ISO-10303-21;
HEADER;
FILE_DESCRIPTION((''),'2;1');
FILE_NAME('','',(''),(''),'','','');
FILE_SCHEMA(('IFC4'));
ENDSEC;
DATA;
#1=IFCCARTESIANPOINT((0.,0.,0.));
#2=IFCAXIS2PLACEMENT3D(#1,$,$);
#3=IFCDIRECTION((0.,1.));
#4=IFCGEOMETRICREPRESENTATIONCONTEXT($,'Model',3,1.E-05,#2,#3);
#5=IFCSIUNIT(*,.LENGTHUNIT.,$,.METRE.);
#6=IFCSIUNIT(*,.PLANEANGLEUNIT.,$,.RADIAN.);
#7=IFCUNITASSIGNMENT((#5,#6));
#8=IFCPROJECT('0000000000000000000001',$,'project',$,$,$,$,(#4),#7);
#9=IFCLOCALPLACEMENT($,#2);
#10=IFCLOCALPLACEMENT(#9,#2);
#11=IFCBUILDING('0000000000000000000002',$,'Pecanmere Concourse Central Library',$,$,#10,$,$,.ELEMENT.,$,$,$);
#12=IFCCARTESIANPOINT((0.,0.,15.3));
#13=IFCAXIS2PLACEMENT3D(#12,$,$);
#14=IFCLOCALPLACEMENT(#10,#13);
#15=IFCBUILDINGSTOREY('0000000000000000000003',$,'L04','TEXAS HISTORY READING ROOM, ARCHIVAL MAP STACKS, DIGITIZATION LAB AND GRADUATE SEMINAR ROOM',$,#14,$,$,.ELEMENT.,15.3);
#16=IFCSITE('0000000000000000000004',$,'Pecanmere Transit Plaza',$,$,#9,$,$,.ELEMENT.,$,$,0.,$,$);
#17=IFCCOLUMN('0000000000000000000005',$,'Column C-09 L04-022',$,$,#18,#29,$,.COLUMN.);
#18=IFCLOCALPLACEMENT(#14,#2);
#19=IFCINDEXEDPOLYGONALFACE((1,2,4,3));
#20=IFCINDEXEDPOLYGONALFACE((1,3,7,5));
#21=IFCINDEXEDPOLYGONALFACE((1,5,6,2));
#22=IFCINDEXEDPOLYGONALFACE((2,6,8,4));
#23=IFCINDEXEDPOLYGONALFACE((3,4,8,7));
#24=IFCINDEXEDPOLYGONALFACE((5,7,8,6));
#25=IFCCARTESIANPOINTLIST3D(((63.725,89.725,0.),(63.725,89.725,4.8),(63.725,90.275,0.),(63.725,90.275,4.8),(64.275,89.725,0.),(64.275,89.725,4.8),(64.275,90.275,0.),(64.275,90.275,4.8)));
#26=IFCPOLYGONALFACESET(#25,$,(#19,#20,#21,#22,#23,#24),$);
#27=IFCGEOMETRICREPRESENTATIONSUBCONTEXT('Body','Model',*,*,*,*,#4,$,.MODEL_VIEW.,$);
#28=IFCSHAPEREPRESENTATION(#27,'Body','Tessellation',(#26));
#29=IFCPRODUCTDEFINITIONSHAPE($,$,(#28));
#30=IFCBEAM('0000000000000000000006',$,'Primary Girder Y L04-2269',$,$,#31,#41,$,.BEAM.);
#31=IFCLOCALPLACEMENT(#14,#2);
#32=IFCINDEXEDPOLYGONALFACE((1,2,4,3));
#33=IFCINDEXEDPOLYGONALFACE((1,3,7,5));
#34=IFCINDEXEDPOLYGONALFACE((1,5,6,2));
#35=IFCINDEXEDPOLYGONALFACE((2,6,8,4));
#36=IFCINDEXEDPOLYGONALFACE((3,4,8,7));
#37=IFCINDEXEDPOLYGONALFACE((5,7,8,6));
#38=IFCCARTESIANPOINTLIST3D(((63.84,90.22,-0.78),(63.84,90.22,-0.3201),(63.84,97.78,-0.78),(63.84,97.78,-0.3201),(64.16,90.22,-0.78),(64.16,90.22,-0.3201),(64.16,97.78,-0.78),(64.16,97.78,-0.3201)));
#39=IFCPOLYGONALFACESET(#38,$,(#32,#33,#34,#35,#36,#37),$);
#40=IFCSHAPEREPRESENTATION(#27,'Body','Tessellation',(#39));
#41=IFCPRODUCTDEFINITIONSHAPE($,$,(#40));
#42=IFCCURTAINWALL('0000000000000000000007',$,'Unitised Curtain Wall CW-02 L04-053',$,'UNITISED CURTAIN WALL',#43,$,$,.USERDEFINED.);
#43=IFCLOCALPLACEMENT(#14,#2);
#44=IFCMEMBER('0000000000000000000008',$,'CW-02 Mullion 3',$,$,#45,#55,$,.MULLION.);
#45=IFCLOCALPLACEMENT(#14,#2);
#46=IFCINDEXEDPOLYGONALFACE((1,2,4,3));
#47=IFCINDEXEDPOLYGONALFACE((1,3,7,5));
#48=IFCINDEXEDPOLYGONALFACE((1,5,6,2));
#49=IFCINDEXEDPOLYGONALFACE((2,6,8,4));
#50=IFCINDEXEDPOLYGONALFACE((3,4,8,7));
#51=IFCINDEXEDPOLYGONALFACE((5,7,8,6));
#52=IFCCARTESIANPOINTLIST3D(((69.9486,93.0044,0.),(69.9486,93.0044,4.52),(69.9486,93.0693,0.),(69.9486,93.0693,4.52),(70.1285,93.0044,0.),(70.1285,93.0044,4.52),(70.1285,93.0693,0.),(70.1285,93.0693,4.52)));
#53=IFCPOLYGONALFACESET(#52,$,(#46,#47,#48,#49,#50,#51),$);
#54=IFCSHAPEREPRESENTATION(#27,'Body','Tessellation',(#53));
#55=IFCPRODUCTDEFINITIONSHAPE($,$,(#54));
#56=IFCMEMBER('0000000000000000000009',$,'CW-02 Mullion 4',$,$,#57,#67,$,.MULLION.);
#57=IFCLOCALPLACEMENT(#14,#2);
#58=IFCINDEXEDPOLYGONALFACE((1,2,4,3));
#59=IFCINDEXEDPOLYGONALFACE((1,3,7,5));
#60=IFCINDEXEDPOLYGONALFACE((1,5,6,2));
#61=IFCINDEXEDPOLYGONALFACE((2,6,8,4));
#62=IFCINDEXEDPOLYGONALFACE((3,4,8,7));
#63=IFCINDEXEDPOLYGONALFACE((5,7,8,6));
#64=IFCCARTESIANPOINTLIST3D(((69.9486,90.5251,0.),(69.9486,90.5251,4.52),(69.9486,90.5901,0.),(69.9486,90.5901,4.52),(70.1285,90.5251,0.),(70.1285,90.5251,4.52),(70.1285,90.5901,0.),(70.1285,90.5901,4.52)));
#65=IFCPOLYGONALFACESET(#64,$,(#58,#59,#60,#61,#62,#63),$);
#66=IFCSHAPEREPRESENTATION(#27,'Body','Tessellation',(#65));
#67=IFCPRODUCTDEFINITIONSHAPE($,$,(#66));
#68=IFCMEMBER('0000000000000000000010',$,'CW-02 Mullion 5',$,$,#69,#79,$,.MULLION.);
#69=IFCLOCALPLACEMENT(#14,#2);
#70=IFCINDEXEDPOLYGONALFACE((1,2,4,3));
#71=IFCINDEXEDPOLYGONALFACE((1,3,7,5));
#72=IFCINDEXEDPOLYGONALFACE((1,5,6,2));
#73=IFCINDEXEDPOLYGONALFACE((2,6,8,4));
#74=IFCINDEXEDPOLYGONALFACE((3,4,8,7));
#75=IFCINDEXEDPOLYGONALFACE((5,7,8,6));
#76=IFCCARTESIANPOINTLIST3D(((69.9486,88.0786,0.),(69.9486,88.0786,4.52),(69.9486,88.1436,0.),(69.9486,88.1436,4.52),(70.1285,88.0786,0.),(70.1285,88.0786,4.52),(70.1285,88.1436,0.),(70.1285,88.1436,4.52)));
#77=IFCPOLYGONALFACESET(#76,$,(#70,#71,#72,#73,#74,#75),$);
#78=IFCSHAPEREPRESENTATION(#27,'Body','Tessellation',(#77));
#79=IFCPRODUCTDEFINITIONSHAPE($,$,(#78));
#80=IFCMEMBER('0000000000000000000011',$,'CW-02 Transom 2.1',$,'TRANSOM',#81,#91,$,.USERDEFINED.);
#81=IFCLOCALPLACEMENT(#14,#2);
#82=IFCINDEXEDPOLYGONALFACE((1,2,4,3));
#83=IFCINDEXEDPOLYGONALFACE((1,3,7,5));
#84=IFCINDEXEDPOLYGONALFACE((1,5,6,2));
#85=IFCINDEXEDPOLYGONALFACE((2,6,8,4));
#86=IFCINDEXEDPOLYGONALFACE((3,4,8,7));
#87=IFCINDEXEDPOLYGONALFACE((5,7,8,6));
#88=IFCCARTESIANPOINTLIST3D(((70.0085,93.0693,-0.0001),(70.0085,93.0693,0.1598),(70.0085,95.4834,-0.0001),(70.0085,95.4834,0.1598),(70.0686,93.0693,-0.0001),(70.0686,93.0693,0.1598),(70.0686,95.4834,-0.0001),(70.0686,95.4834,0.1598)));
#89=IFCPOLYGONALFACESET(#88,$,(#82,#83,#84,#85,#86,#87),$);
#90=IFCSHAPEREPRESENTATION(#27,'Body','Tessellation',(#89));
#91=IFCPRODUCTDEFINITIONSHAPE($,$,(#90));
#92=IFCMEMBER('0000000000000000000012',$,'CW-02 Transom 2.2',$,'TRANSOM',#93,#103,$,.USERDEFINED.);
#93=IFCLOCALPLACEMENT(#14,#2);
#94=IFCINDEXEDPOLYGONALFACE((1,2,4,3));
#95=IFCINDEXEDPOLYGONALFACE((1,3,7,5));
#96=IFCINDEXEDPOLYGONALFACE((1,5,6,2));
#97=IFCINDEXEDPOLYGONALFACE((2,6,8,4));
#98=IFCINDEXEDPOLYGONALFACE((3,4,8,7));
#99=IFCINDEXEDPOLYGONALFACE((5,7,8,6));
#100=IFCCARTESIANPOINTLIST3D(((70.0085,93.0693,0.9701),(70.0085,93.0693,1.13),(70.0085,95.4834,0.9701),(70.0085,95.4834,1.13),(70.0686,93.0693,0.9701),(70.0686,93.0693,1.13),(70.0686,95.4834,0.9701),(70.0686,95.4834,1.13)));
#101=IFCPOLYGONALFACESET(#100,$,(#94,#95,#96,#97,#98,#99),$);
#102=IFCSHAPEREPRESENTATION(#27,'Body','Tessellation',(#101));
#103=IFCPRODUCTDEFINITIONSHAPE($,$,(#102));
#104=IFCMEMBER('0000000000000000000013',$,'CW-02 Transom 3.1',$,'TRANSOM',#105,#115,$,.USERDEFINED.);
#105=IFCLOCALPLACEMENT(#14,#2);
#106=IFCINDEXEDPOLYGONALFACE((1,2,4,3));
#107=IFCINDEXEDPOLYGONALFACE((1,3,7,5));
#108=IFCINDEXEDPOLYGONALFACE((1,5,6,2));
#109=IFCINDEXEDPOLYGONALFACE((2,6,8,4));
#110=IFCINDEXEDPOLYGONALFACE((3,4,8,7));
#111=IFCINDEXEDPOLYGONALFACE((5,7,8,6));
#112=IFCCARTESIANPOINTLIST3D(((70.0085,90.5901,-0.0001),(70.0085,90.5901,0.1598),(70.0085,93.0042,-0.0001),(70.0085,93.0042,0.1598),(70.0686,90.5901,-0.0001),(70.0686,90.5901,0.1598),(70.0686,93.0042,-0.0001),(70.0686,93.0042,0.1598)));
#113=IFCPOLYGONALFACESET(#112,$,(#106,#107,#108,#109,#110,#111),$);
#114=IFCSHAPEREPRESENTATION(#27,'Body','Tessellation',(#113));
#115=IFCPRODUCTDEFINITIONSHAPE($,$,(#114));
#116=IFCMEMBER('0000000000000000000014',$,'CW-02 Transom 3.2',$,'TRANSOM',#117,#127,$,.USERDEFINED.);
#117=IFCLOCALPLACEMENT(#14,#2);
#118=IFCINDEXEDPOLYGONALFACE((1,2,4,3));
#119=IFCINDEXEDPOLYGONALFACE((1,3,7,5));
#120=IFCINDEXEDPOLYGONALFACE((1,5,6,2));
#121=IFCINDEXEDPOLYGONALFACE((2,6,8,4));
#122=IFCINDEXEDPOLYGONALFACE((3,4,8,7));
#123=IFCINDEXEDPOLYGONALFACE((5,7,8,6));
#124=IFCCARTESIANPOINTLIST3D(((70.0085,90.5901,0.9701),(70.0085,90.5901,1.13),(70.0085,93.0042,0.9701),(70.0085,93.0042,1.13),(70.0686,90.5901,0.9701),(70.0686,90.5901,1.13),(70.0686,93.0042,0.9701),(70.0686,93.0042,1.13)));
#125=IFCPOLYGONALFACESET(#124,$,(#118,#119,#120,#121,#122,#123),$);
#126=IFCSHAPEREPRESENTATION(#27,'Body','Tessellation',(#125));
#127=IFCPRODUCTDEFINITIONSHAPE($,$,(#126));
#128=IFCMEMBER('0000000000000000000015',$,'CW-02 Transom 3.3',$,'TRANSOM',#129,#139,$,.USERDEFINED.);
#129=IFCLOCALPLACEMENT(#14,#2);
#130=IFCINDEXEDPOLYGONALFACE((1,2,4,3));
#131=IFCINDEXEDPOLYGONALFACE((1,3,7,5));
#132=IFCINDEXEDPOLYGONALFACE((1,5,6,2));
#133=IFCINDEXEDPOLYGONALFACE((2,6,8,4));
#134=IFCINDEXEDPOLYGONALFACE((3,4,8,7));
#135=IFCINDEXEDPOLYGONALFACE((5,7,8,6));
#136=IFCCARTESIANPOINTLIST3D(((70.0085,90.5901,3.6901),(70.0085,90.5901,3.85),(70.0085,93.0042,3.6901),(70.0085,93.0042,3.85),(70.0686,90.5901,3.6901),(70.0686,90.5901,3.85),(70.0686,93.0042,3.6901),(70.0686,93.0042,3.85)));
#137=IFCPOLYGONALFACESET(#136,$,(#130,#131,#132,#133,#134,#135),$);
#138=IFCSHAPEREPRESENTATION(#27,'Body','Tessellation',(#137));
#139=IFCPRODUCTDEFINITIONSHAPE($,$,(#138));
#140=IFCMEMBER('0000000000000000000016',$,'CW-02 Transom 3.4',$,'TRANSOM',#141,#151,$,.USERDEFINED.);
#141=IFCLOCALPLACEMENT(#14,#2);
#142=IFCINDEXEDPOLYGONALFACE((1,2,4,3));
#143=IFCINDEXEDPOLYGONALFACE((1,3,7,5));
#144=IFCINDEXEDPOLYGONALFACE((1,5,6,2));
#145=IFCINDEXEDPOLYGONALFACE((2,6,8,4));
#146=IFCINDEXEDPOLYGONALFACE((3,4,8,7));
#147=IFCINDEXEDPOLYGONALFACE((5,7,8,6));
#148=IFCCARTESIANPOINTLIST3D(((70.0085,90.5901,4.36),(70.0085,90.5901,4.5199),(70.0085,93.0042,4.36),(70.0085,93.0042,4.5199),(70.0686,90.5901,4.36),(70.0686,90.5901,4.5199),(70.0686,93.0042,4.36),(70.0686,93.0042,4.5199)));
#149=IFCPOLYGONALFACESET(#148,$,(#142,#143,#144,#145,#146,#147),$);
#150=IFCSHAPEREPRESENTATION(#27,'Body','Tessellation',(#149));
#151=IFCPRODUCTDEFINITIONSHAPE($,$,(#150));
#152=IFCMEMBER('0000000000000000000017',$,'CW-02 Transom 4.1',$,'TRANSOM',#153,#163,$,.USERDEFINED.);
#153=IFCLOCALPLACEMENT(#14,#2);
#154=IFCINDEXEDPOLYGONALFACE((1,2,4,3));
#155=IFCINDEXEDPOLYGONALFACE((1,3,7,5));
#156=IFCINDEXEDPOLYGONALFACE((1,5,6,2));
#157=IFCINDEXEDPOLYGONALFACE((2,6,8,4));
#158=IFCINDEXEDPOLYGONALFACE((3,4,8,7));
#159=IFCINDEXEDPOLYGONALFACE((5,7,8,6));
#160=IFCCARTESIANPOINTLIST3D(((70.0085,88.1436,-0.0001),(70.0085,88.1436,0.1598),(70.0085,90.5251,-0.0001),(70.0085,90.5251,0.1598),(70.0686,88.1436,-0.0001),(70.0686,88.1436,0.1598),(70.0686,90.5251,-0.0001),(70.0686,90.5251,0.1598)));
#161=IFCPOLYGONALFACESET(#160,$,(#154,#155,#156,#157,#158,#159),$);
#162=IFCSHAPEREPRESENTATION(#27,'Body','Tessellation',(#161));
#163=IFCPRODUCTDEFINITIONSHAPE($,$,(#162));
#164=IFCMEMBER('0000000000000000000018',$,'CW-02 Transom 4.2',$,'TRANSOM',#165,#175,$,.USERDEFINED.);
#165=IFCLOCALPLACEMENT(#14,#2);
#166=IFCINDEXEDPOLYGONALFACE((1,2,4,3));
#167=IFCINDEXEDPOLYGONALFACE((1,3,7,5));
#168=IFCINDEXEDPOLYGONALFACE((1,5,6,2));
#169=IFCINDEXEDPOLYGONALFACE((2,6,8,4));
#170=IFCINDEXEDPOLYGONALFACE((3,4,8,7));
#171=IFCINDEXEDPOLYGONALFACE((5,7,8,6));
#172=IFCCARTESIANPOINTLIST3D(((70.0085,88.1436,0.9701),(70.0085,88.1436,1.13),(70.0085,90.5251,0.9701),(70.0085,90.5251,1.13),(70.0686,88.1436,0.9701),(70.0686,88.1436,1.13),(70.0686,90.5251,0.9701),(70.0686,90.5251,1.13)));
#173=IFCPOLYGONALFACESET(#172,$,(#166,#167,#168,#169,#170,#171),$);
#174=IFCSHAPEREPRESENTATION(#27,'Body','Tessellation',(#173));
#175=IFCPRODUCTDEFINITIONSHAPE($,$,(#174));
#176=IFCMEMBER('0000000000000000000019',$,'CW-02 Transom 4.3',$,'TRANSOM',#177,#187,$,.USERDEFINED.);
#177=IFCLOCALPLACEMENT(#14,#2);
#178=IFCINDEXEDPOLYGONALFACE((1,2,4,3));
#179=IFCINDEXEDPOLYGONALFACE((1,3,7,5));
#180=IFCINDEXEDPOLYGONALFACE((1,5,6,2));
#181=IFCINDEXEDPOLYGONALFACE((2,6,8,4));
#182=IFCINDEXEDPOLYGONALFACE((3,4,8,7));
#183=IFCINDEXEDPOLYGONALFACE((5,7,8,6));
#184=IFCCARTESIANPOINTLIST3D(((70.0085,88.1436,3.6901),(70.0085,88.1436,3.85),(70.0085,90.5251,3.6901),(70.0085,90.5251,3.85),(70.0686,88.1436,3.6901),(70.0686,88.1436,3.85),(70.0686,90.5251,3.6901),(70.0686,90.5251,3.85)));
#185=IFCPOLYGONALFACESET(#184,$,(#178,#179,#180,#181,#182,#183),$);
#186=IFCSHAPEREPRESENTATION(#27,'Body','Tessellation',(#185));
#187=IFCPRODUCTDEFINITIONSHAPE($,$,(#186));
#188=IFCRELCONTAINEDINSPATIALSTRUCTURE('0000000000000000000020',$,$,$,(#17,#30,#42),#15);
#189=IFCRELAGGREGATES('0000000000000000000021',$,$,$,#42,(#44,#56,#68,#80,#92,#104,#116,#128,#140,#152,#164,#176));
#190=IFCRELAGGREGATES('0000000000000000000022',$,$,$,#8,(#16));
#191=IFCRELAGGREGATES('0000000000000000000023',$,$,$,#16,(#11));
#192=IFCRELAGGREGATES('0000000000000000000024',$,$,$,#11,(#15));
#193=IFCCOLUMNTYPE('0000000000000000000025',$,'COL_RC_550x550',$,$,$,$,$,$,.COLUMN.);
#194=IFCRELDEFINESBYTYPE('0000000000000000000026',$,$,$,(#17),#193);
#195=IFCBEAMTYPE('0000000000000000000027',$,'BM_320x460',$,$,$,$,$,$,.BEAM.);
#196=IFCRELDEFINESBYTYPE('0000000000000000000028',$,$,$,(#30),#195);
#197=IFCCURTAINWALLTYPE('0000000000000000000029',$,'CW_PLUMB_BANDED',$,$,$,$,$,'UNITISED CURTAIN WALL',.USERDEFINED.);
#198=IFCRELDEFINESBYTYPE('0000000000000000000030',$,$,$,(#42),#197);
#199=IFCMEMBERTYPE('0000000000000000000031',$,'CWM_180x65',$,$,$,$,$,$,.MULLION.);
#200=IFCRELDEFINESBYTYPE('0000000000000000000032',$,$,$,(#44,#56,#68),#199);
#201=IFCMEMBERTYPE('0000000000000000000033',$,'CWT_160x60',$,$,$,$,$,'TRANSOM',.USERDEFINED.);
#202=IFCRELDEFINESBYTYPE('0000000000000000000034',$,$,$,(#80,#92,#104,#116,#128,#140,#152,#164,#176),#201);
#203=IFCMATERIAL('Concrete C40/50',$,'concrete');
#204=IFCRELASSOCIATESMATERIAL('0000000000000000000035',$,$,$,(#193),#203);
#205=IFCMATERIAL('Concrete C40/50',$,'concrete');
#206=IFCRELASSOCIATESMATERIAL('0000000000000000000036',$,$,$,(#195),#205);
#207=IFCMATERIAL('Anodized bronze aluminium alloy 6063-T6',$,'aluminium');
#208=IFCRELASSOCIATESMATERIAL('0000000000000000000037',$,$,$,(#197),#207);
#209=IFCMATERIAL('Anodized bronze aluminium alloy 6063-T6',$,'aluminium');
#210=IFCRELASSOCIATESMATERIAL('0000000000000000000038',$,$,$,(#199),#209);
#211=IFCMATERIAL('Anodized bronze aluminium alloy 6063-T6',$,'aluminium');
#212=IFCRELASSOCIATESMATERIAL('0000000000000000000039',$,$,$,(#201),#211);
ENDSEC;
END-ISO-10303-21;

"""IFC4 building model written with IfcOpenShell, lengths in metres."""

from ifc_helpers import new_model, si_unit, direction, frame, origin, origin_2d, place, context, subcontext, project, spatial, rectangle, extrude, material, material_profile, profile_set, type_object, element, aggregate, save


model = new_model("IFC4")

# Units and contexts
model_context = context("Model", 3, precision=1e-05, world=origin(), true_north=direction((0.0, 1.0)))
body_context = subcontext(model_context, "Body", "Model", "MODEL_VIEW")
ifc_project = project(units=[si_unit("LENGTHUNIT", "METRE"), si_unit("PLANEANGLEUNIT", "RADIAN")], contexts=[model_context])

# Site, building, storey
site_placement = place(None, origin())
site = spatial("IfcSite", under=ifc_project, at=site_placement, Name="Pecanmere Transit Plaza", CompositionType="ELEMENT", RefElevation=0.0)
building_placement = place(site_placement, origin())
building = spatial("IfcBuilding", under=site, at=building_placement, Name="Pecanmere Concourse Central Library", CompositionType="ELEMENT")
storey_placement = place(building_placement, frame((0.0, 0.0, 15.3)))
storey = spatial("IfcBuildingStorey", under=building, at=storey_placement, Name="L04", Description="TEXAS HISTORY READING ROOM, ARCHIVAL MAP STACKS, DIGITIZATION LAB AND GRADUATE SEMINAR ROOM", CompositionType="ELEMENT", Elevation=15.3)

# Column
ifc_material_1 = material(Name="Concrete C40/50", Category="concrete")
ifc_material_profile_1 = material_profile(ifc_material_1, rectangle(XDim=0.55, YDim=0.55, at=origin_2d()), Name="RC 550x550")
ifc_profile_set_1 = profile_set([ifc_material_profile_1], Name="Concrete C40/50")
column_type = type_object("IfcColumnType", Name="COL_RC_550x550", PredefinedType="COLUMN", material=ifc_profile_set_1)
column_placement = place(storey_placement, frame((64.0, 90.0, 0.0), z_axis=(0.0, 0.0, 1.0), x_axis=(1.0, 0.0, 0.0)))
element("IfcColumn", 1, at=column_placement, inside=storey, type_object=column_type, Name="Column C-09 L04-022", PredefinedType="COLUMN", context=body_context, shape_type="SweptSolid", body=[
    extrude(rectangle(XDim=0.55, YDim=0.55, at=origin_2d()), origin(), (0.0, 0.0, 1.0), 4.8),
])

# Beam
ifc_material_2 = material(Name="Concrete C40/50", Category="concrete")
ifc_material_profile_2 = material_profile(ifc_material_2, rectangle(XDim=0.3201, YDim=0.46, at=origin_2d()), Name="RC 320x460")
ifc_profile_set_2 = profile_set([ifc_material_profile_2], Name="Concrete C40/50")
beam_type = type_object("IfcBeamType", Name="BM_320x460", PredefinedType="BEAM", material=ifc_profile_set_2)
beam_placement = place(storey_placement, frame((64.0, 90.22, -0.55), z_axis=(0.0, 1.0, 0.0), x_axis=(-1.0, 0.0, 0.0)))
element("IfcBeam", 2, at=beam_placement, inside=storey, type_object=beam_type, Name="Primary Girder Y L04-2269", PredefinedType="BEAM", context=body_context, shape_type="SweptSolid", body=[
    extrude(rectangle(XDim=0.3201, YDim=0.46, at=origin_2d()), origin(), (0.0, 0.0, 1.0), 7.5601),
])

# Curtain wall, members
ifc_material_3 = material(Name="Anodized bronze aluminium alloy 6063-T6", Category="aluminium")
curtain_wall_type = type_object("IfcCurtainWallType", Name="CW_PLUMB_BANDED", ElementType="UNITISED CURTAIN WALL", PredefinedType="USERDEFINED", material=ifc_material_3)
curtain_wall_placement = place(storey_placement, origin())
curtain_wall = element("IfcCurtainWall", 3, at=curtain_wall_placement, inside=storey, type_object=curtain_wall_type, Name="Unitised Curtain Wall CW-02 L04-053", ObjectType="UNITISED CURTAIN WALL", PredefinedType="USERDEFINED")
ifc_material_4 = material(Name="Anodized bronze aluminium alloy 6063-T6", Category="aluminium")
ifc_material_profile_3 = material_profile(ifc_material_4, rectangle(XDim=0.0649, YDim=0.1799, at=origin_2d()), Name="AL 65x180")
ifc_profile_set_3 = profile_set([ifc_material_profile_3], Name="Anodized bronze aluminium alloy 6063-T6")
member_type_1 = type_object("IfcMemberType", Name="CWM_180x65", PredefinedType="MULLION", material=ifc_profile_set_3)
member_1_placement = place(storey_placement, frame((70.0386, 93.0369, 0.0), z_axis=(0.0, 0.0, 1.0), x_axis=(0.0, -1.0, 0.0)))
member_1 = element("IfcMember", 4, at=member_1_placement, type_object=member_type_1, Name="CW-02 Mullion 3", PredefinedType="MULLION", context=body_context, shape_type="SweptSolid", body=[
    extrude(rectangle(XDim=0.0649, YDim=0.1799, at=origin_2d()), origin(), (0.0, 0.0, 1.0), 4.52),
])
member_2_placement = place(storey_placement, frame((70.0386, 90.5576, 0.0), z_axis=(0.0, 0.0, 1.0), x_axis=(0.0, -1.0, 0.0)))
member_2 = element("IfcMember", 5, at=member_2_placement, type_object=member_type_1, Name="CW-02 Mullion 4", PredefinedType="MULLION", context=body_context, shape_type="SweptSolid", body=[
    extrude(rectangle(XDim=0.0649, YDim=0.1799, at=origin_2d()), origin(), (0.0, 0.0, 1.0), 4.52),
])
member_3_placement = place(storey_placement, frame((70.0386, 88.1111, 0.0), z_axis=(0.0, 0.0, 1.0), x_axis=(0.0, -1.0, 0.0)))
member_3 = element("IfcMember", 6, at=member_3_placement, type_object=member_type_1, Name="CW-02 Mullion 5", PredefinedType="MULLION", context=body_context, shape_type="SweptSolid", body=[
    extrude(rectangle(XDim=0.0649, YDim=0.1799, at=origin_2d()), origin(), (0.0, 0.0, 1.0), 4.52),
])
ifc_material_5 = material(Name="Anodized bronze aluminium alloy 6063-T6", Category="aluminium")
ifc_material_profile_4 = material_profile(ifc_material_5, rectangle(XDim=0.0601, YDim=0.1599, at=origin_2d()), Name="AL 60x160")
ifc_profile_set_4 = profile_set([ifc_material_profile_4], Name="Anodized bronze aluminium alloy 6063-T6")
member_type_2 = type_object("IfcMemberType", Name="CWT_160x60", ElementType="TRANSOM", PredefinedType="USERDEFINED", material=ifc_profile_set_4)
member_4_placement = place(storey_placement, frame((70.0386, 95.4834, 0.0798), z_axis=(0.0, -1.0, 0.0), x_axis=(1.0, 0.0, 0.0)))
member_4 = element("IfcMember", 7, at=member_4_placement, type_object=member_type_2, Name="CW-02 Transom 2.1", ObjectType="TRANSOM", PredefinedType="USERDEFINED", context=body_context, shape_type="SweptSolid", body=[
    extrude(rectangle(XDim=0.0601, YDim=0.1599, at=origin_2d()), origin(), (0.0, 0.0, 1.0), 2.4141),
])
member_5_placement = place(storey_placement, frame((70.0386, 95.4834, 1.05), z_axis=(0.0, -1.0, 0.0), x_axis=(1.0, 0.0, 0.0)))
member_5 = element("IfcMember", 8, at=member_5_placement, type_object=member_type_2, Name="CW-02 Transom 2.2", ObjectType="TRANSOM", PredefinedType="USERDEFINED", context=body_context, shape_type="SweptSolid", body=[
    extrude(rectangle(XDim=0.0601, YDim=0.1599, at=origin_2d()), origin(), (0.0, 0.0, 1.0), 2.4141),
])
member_6_placement = place(storey_placement, frame((70.0386, 93.0042, 0.0798), z_axis=(0.0, -1.0, 0.0), x_axis=(1.0, 0.0, 0.0)))
member_6 = element("IfcMember", 9, at=member_6_placement, type_object=member_type_2, Name="CW-02 Transom 3.1", ObjectType="TRANSOM", PredefinedType="USERDEFINED", context=body_context, shape_type="SweptSolid", body=[
    extrude(rectangle(XDim=0.0601, YDim=0.1599, at=origin_2d()), origin(), (0.0, 0.0, 1.0), 2.4141),
])
member_7_placement = place(storey_placement, frame((70.0386, 93.0042, 1.05), z_axis=(0.0, -1.0, 0.0), x_axis=(1.0, 0.0, 0.0)))
member_7 = element("IfcMember", 10, at=member_7_placement, type_object=member_type_2, Name="CW-02 Transom 3.2", ObjectType="TRANSOM", PredefinedType="USERDEFINED", context=body_context, shape_type="SweptSolid", body=[
    extrude(rectangle(XDim=0.0601, YDim=0.1599, at=origin_2d()), origin(), (0.0, 0.0, 1.0), 2.4141),
])
member_8_placement = place(storey_placement, frame((70.0386, 93.0042, 3.77), z_axis=(0.0, -1.0, 0.0), x_axis=(1.0, 0.0, 0.0)))
member_8 = element("IfcMember", 11, at=member_8_placement, type_object=member_type_2, Name="CW-02 Transom 3.3", ObjectType="TRANSOM", PredefinedType="USERDEFINED", context=body_context, shape_type="SweptSolid", body=[
    extrude(rectangle(XDim=0.0601, YDim=0.1599, at=origin_2d()), origin(), (0.0, 0.0, 1.0), 2.4141),
])
member_9_placement = place(storey_placement, frame((70.0386, 93.0042, 4.4399), z_axis=(0.0, -1.0, 0.0), x_axis=(1.0, 0.0, 0.0)))
member_9 = element("IfcMember", 12, at=member_9_placement, type_object=member_type_2, Name="CW-02 Transom 3.4", ObjectType="TRANSOM", PredefinedType="USERDEFINED", context=body_context, shape_type="SweptSolid", body=[
    extrude(rectangle(XDim=0.0601, YDim=0.1599, at=origin_2d()), origin(), (0.0, 0.0, 1.0), 2.4141),
])
member_10_placement = place(storey_placement, frame((70.0386, 90.5251, 0.0798), z_axis=(0.0, -1.0, 0.0), x_axis=(1.0, 0.0, 0.0)))
member_10 = element("IfcMember", 13, at=member_10_placement, type_object=member_type_2, Name="CW-02 Transom 4.1", ObjectType="TRANSOM", PredefinedType="USERDEFINED", context=body_context, shape_type="SweptSolid", body=[
    extrude(rectangle(XDim=0.0601, YDim=0.1599, at=origin_2d()), origin(), (0.0, 0.0, 1.0), 2.3816),
])
member_11_placement = place(storey_placement, frame((70.0386, 90.5251, 1.05), z_axis=(0.0, -1.0, 0.0), x_axis=(1.0, 0.0, 0.0)))
member_11 = element("IfcMember", 14, at=member_11_placement, type_object=member_type_2, Name="CW-02 Transom 4.2", ObjectType="TRANSOM", PredefinedType="USERDEFINED", context=body_context, shape_type="SweptSolid", body=[
    extrude(rectangle(XDim=0.0601, YDim=0.1599, at=origin_2d()), origin(), (0.0, 0.0, 1.0), 2.3816),
])
member_12_placement = place(storey_placement, frame((70.0386, 90.5251, 3.77), z_axis=(0.0, -1.0, 0.0), x_axis=(1.0, 0.0, 0.0)))
member_12 = element("IfcMember", 15, at=member_12_placement, type_object=member_type_2, Name="CW-02 Transom 4.3", ObjectType="TRANSOM", PredefinedType="USERDEFINED", context=body_context, shape_type="SweptSolid", body=[
    extrude(rectangle(XDim=0.0601, YDim=0.1599, at=origin_2d()), origin(), (0.0, 0.0, 1.0), 2.3816),
])
aggregate(curtain_wall, [member_1, member_2, member_3, member_4, member_5, member_6, member_7, member_8, member_9, member_10, member_11, member_12])

save(model, "model.ifc")
